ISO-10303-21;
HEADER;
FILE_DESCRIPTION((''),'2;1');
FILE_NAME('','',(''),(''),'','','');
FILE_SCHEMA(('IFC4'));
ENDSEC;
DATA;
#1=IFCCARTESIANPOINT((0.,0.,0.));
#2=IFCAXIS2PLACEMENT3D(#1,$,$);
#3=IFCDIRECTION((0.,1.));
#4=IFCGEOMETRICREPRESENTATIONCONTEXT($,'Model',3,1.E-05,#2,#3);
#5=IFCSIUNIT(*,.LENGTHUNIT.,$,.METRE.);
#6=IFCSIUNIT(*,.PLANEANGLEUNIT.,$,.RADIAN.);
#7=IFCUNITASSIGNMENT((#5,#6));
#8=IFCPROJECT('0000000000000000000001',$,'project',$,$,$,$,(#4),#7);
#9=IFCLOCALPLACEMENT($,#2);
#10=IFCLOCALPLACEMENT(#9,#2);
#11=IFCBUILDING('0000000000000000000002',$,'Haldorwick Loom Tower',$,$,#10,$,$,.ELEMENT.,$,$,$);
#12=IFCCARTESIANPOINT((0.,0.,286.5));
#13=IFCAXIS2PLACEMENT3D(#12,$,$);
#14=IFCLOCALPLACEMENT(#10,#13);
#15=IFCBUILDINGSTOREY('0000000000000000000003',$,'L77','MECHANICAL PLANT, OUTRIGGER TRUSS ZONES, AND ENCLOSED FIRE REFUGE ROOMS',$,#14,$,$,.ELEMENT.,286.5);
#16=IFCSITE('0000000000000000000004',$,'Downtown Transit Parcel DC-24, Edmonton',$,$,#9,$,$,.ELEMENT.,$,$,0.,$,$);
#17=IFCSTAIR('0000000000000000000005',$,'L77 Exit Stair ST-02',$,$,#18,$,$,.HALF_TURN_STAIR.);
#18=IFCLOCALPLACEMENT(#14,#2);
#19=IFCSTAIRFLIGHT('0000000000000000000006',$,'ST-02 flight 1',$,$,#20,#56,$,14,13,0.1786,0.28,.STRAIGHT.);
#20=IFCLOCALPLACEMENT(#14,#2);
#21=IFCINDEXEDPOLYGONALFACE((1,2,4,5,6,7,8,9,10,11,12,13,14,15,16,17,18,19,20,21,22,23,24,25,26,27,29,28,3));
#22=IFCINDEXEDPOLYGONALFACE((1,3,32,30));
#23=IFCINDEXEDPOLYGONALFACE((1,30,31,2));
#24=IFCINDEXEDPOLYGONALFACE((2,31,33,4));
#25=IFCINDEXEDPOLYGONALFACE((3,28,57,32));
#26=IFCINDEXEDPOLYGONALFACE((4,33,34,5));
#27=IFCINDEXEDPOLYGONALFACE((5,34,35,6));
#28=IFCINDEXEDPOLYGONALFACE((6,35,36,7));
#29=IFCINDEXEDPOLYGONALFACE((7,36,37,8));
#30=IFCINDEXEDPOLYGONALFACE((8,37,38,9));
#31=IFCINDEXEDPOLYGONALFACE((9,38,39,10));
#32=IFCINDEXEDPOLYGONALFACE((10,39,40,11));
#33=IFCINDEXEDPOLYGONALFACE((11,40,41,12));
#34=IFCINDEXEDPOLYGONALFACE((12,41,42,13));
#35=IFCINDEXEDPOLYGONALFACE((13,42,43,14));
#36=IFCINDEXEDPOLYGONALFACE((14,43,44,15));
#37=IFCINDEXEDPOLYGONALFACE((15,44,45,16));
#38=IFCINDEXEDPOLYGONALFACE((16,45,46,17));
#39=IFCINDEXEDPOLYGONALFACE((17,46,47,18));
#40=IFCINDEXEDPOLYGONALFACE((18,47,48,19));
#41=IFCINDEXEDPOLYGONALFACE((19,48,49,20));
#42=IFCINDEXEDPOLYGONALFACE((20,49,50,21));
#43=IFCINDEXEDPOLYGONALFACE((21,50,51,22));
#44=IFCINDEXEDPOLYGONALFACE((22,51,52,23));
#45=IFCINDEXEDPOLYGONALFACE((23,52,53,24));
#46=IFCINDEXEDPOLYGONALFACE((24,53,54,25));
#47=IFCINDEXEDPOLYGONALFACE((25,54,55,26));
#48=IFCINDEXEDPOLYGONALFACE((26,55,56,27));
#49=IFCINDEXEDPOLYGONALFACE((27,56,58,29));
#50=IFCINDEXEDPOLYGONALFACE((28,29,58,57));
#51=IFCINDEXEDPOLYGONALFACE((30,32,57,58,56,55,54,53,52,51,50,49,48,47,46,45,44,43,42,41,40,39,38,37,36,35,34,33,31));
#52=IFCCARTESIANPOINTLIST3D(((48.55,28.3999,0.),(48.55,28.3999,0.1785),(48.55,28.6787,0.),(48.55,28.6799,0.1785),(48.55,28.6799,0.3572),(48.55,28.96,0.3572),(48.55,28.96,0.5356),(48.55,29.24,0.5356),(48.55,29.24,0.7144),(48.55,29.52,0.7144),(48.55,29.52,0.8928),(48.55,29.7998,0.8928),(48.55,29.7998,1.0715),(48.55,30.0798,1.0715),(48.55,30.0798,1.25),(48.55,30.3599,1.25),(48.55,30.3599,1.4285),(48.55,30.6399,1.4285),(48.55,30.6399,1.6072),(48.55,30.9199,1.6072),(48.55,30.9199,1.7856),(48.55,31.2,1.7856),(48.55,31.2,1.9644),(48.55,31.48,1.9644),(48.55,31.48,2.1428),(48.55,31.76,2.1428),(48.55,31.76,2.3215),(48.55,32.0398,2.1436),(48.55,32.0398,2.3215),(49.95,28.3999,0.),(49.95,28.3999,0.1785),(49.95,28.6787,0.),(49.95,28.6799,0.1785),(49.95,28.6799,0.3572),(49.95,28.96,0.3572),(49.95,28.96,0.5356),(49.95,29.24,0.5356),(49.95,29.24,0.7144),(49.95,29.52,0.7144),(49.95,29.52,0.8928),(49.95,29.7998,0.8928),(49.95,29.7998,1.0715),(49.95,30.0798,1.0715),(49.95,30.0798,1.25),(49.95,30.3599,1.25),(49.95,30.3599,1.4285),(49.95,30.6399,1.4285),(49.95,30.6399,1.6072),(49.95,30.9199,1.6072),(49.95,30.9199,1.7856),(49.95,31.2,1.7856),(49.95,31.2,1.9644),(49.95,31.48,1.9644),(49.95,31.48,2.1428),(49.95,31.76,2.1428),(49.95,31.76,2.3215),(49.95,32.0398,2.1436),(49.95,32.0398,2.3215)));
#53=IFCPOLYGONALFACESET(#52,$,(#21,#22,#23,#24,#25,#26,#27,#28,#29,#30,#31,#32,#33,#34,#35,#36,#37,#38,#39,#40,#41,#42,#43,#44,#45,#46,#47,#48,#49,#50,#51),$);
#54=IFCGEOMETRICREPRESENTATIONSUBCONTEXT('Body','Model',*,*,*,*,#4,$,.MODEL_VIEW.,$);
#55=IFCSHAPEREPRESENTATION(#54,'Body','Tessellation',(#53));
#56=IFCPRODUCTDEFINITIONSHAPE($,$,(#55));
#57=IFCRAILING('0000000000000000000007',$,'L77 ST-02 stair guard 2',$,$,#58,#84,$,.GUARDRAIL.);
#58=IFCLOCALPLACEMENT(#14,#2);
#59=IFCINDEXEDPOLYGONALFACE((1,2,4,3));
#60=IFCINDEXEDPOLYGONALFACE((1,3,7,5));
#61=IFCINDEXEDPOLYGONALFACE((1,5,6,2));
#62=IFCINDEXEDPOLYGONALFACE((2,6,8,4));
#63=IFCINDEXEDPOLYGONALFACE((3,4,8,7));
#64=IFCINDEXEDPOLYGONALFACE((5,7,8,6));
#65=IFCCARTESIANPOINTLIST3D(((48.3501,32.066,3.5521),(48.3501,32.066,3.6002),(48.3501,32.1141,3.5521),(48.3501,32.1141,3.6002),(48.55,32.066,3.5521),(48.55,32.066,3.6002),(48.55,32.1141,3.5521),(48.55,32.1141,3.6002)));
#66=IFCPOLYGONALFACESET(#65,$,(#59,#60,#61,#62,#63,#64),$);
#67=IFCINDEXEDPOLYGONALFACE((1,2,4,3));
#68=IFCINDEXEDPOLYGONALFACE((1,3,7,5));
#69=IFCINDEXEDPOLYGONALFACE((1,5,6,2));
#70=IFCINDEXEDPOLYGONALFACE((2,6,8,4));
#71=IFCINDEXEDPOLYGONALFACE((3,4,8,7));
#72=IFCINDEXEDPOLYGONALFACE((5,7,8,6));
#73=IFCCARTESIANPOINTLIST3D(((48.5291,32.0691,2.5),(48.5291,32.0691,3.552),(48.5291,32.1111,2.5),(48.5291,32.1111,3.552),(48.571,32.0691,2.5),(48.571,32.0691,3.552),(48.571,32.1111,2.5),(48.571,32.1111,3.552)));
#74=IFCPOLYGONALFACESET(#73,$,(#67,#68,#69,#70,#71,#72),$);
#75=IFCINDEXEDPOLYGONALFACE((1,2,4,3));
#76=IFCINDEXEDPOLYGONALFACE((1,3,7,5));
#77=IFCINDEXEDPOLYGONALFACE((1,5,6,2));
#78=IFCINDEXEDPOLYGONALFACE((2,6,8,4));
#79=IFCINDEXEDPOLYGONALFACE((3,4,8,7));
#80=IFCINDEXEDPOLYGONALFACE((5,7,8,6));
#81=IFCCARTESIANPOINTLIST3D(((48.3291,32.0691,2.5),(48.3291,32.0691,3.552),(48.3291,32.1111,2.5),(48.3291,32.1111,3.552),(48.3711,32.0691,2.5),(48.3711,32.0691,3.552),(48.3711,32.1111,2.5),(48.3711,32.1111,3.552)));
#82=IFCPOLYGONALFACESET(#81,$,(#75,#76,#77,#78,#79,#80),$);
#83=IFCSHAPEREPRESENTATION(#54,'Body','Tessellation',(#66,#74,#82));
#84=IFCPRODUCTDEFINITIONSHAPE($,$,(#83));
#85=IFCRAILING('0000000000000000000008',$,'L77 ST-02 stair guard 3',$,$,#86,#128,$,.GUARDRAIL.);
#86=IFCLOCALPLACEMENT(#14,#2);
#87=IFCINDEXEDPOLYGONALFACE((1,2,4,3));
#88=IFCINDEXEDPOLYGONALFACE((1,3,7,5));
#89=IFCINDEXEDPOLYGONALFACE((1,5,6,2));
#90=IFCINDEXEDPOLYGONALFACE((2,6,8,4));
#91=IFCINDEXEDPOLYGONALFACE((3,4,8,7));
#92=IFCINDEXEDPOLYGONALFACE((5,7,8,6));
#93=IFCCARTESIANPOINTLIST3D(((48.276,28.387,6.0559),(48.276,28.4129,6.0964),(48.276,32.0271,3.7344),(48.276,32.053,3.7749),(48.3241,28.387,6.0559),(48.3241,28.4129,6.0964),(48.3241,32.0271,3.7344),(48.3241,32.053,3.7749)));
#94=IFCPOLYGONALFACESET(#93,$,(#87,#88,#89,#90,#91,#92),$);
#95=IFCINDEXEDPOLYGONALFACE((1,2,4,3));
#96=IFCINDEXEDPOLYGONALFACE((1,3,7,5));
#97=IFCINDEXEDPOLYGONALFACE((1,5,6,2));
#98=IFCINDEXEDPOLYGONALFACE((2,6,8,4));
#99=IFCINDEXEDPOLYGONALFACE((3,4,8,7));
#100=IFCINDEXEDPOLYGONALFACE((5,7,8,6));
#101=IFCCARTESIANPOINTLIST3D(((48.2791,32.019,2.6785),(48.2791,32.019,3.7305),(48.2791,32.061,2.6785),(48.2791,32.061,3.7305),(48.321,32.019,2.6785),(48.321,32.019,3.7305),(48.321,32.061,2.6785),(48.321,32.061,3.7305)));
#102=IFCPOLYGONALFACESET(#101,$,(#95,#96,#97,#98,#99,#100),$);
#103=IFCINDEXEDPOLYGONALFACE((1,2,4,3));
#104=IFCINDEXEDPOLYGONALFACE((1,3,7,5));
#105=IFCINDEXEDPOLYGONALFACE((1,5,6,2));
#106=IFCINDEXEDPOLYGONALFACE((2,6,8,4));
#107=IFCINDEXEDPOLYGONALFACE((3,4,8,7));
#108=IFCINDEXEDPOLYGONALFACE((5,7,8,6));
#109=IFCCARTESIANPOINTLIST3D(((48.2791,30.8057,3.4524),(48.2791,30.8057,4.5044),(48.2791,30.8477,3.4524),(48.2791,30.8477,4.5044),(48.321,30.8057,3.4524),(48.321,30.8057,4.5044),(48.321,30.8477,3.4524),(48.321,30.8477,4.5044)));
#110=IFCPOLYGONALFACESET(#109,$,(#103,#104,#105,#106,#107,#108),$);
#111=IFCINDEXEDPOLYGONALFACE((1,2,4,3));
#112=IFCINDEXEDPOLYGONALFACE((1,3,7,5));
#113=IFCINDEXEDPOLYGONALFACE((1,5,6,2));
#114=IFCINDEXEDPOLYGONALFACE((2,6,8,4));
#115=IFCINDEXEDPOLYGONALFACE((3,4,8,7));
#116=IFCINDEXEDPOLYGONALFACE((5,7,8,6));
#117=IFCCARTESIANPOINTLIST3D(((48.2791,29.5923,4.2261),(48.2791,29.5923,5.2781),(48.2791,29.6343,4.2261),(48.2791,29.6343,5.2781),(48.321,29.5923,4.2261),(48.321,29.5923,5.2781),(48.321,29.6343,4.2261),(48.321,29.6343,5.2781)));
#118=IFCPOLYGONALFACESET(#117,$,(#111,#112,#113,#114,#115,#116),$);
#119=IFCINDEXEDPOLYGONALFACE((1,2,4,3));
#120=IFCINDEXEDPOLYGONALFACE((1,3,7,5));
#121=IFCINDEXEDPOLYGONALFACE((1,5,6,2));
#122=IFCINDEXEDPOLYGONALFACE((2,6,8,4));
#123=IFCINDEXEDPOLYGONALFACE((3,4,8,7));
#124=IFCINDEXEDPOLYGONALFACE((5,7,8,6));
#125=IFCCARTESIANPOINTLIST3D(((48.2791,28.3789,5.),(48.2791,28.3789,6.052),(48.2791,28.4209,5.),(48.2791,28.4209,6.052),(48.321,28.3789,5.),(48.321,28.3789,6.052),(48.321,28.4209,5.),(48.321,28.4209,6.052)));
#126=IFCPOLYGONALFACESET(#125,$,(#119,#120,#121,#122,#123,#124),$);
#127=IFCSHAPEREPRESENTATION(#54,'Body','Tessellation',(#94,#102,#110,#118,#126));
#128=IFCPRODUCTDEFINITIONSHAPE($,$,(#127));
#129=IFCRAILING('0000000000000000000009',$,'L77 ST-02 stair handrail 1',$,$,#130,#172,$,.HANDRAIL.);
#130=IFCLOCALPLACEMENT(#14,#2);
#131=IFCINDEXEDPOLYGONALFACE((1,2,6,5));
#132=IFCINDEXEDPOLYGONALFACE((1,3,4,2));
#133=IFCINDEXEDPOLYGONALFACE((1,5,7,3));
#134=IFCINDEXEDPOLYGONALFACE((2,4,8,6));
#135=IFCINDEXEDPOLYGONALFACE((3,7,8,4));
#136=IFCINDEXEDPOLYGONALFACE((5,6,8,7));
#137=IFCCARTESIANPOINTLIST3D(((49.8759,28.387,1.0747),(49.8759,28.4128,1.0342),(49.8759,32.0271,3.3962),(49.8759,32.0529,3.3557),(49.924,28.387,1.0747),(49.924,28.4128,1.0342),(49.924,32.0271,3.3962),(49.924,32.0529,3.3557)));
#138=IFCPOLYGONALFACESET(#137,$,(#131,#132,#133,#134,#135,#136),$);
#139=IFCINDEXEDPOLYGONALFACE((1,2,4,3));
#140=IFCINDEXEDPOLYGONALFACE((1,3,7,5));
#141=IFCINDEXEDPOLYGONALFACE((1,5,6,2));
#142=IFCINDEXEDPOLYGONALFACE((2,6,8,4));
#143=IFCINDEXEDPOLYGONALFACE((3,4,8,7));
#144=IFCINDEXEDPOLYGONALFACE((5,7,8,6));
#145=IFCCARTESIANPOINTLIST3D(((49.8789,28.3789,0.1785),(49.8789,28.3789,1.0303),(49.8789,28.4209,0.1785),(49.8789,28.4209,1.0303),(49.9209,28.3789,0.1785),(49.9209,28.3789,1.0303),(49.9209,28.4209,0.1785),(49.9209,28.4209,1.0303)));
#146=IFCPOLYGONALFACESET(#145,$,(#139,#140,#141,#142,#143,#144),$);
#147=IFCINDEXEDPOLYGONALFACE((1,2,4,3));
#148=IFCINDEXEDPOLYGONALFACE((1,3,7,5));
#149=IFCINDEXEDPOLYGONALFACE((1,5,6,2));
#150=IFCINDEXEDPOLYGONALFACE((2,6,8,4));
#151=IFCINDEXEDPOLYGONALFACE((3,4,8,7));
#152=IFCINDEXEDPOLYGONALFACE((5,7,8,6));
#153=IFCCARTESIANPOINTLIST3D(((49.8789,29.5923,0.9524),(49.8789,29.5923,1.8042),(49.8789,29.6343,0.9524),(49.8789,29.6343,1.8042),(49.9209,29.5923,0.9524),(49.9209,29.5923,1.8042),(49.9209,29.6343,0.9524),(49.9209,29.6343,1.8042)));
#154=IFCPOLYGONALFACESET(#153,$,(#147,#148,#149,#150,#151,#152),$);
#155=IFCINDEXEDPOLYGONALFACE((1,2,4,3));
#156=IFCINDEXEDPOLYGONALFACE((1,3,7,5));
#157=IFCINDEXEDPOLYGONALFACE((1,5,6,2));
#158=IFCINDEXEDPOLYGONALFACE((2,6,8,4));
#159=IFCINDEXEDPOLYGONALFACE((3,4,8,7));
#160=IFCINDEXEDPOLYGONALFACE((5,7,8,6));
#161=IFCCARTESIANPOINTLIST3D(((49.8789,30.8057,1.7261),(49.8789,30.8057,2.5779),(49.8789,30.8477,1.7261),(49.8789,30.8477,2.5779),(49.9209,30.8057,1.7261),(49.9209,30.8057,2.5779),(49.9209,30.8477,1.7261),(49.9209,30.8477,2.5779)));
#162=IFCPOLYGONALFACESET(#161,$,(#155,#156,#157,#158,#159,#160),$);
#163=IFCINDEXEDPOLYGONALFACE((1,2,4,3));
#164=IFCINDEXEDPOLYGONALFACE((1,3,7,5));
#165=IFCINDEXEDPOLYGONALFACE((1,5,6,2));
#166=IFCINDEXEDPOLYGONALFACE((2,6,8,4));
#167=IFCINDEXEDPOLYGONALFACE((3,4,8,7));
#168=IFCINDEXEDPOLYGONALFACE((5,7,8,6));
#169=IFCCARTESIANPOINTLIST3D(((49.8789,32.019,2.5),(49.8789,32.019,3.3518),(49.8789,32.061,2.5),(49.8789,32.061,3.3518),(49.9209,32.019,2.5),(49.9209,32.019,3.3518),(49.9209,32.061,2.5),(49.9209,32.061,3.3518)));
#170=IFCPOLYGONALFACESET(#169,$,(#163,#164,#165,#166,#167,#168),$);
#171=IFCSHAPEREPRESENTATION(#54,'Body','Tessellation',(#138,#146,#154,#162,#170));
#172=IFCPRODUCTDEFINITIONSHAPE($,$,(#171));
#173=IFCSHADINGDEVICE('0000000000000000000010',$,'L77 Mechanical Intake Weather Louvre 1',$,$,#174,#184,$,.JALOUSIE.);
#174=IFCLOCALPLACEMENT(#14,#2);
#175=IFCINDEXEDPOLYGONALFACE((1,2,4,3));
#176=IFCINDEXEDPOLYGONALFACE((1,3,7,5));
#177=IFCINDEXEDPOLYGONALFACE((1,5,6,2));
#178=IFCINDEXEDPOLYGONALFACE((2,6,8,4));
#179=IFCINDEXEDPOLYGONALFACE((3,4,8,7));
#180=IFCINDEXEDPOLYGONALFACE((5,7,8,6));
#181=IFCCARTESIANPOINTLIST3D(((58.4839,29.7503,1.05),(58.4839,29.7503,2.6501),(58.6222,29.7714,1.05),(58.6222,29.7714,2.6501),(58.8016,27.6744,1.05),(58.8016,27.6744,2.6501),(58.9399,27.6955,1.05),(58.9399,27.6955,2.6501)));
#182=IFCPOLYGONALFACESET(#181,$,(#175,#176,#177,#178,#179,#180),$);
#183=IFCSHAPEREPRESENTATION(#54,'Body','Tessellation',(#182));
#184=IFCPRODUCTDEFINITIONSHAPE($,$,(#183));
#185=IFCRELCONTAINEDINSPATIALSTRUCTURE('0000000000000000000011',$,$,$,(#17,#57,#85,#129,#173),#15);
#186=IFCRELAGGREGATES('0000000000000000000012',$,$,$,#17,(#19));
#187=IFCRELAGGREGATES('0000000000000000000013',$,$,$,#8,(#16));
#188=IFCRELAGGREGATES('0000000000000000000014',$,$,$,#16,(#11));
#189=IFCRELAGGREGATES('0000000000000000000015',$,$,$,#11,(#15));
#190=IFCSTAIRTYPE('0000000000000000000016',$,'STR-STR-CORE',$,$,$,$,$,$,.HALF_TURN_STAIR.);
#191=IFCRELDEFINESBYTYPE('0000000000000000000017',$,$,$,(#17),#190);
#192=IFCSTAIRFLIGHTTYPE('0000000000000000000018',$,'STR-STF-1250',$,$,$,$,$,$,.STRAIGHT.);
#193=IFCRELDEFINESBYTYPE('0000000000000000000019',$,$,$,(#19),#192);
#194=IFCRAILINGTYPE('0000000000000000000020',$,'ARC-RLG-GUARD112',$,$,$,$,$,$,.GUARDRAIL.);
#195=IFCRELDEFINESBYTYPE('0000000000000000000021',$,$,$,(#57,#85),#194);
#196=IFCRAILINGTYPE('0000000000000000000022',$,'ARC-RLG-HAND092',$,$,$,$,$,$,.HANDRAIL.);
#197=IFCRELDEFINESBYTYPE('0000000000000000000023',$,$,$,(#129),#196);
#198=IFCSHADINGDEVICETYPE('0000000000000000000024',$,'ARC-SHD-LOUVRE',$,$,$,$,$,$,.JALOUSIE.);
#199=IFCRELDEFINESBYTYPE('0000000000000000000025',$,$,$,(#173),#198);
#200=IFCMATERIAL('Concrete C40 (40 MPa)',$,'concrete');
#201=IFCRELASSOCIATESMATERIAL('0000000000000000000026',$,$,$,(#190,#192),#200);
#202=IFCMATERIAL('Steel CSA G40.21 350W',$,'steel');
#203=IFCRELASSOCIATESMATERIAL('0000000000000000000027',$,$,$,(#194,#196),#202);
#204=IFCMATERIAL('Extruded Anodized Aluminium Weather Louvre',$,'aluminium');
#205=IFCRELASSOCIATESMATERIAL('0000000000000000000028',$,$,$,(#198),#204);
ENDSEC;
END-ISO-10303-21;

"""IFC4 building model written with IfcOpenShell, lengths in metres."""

from ifc_helpers import new_model, si_unit, direction, frame, origin, origin_2d, place, context, subcontext, project, spatial, polyline, rectangle, outline, extrude, material, type_object, element, aggregate, save


model = new_model("IFC4")

# Units and contexts
model_context = context("Model", 3, precision=1e-05, world=origin(), true_north=direction((0.0, 1.0)))
body_context = subcontext(model_context, "Body", "Model", "MODEL_VIEW")
ifc_project = project(units=[si_unit("LENGTHUNIT", "METRE"), si_unit("PLANEANGLEUNIT", "RADIAN")], contexts=[model_context])

# Site, building, storey
site_placement = place(None, origin())
site = spatial("IfcSite", under=ifc_project, at=site_placement, Name="Downtown Transit Parcel DC-24, Edmonton", CompositionType="ELEMENT", RefElevation=0.0)
building_placement = place(site_placement, origin())
building = spatial("IfcBuilding", under=site, at=building_placement, Name="Haldorwick Loom Tower", CompositionType="ELEMENT")
storey_placement = place(building_placement, frame((0.0, 0.0, 286.5)))
storey = spatial("IfcBuildingStorey", under=building, at=storey_placement, Name="L77", Description="MECHANICAL PLANT, OUTRIGGER TRUSS ZONES, AND ENCLOSED FIRE REFUGE ROOMS", CompositionType="ELEMENT", Elevation=286.5)

# Shared definitions
ifc_material_1 = material(Name="Steel CSA G40.21 350W", Category="steel")

# Stair, stair flight
ifc_material_2 = material(Name="Concrete C40 (40 MPa)", Category="concrete")
stair_type = type_object("IfcStairType", Name="STR-STR-CORE", PredefinedType="HALF_TURN_STAIR", material=ifc_material_2)
stair_placement = place(storey_placement, origin())
stair = element("IfcStair", 1, at=stair_placement, inside=storey, type_object=stair_type, Name="L77 Exit Stair ST-02", PredefinedType="HALF_TURN_STAIR")
stair_flight_type = type_object("IfcStairFlightType", Name="STR-STF-1250", PredefinedType="STRAIGHT", material=ifc_material_2)
stair_flight_placement = place(storey_placement, frame((49.25, 28.3999, 0.0), z_axis=(0.0, 0.0, 1.0), x_axis=(0.0, 1.0, 0.0)))
stair_flight = element("IfcStairFlight", 2, at=stair_flight_placement, type_object=stair_flight_type, Name="ST-02 flight 1", NumberOfRisers=14, NumberOfTreads=13, PredefinedType="STRAIGHT", RiserHeight=0.1786, TreadLength=0.28, context=body_context, shape_type="SweptSolid", body=[
    extrude(outline(polyline([(0.0, 0.0), (0.0, 0.1785), (0.28, 0.1785), (0.28, 0.3572), (0.5601, 0.3572), (0.5601, 0.5356), (0.8401, 0.5356), (0.8401, 0.7144), (1.1201, 0.7144), (1.1201, 0.8928), (1.3999, 0.8928), (1.3999, 1.0715), (1.6799, 1.0715), (1.6799, 1.25), (1.96, 1.25), (1.96, 1.4285), (2.24, 1.4285), (2.24, 1.6072), (2.52, 1.6072), (2.52, 1.7856), (2.8, 1.7856), (2.8, 1.9644), (3.0801, 1.9644), (3.0801, 2.1428), (3.3601, 2.1428), (3.3601, 2.3215), (3.6399, 2.3215), (3.6399, 2.5), (3.6399, 2.1436), (0.2788, 0.0), (0.0, 0.0)])), frame((0.0, 0.7, 0.0), z_axis=(0.0, -1.0, 0.0), x_axis=(1.0, 0.0, 0.0)), (0.0, 0.0, 1.0), 1.3999),
])
aggregate(stair, [stair_flight])

# Railings
railing_type_1 = type_object("IfcRailingType", Name="ARC-RLG-GUARD112", PredefinedType="GUARDRAIL", material=ifc_material_1)
railing_1_placement = place(storey_placement, frame((48.55, 32.0901, 2.5)))
element("IfcRailing", 3, at=railing_1_placement, inside=storey, type_object=railing_type_1, Name="L77 ST-02 stair guard 2", PredefinedType="GUARDRAIL", context=body_context, shape_type="SweptSolid", body=[
    extrude(rectangle(XDim=0.0481, YDim=0.0481, at=origin_2d()), frame((0.0, 0.0, 1.0762), z_axis=(-1.0, 0.0, 0.0), x_axis=(0.0, -1.0, 0.0)), (0.0, 0.0, 1.0), 0.2),
    extrude(rectangle(XDim=0.042, YDim=0.042, at=origin_2d()), origin(), (0.0, 0.0, 1.0), 1.052),
    extrude(rectangle(XDim=0.042, YDim=0.042, at=origin_2d()), frame((-0.2, 0.0, 0.0)), (0.0, 0.0, 1.0), 1.052),
])
railing_2_placement = place(storey_placement, frame((48.3, 32.04, 2.6785)))
element("IfcRailing", 4, at=railing_2_placement, inside=storey, type_object=railing_type_1, Name="L77 ST-02 stair guard 3", PredefinedType="GUARDRAIL", context=body_context, shape_type="SweptSolid", body=[
    extrude(rectangle(XDim=0.0481, YDim=0.0481, at=origin_2d()), frame((0.0, 0.0, 1.0762), z_axis=(0.0, -0.843128, 0.537713), x_axis=(1.0, 0.0, 0.0)), (0.0, 0.0, 1.0), 4.3174),
    extrude(rectangle(XDim=0.042, YDim=0.042, at=origin_2d()), origin(), (0.0, 0.0, 1.0), 1.052),
    extrude(rectangle(XDim=0.042, YDim=0.042, at=origin_2d()), frame((0.0, -1.2134, 0.7739)), (0.0, 0.0, 1.0), 1.052),
    extrude(rectangle(XDim=0.042, YDim=0.042, at=origin_2d()), frame((0.0, -2.4268, 1.5476)), (0.0, 0.0, 1.0), 1.052),
    extrude(rectangle(XDim=0.042, YDim=0.042, at=origin_2d()), frame((0.0, -3.6401, 2.3215)), (0.0, 0.0, 1.0), 1.052),
])
railing_type_2 = type_object("IfcRailingType", Name="ARC-RLG-HAND092", PredefinedType="HANDRAIL", material=ifc_material_1)
railing_3_placement = place(storey_placement, frame((49.8999, 28.3999, 0.1785)))
element("IfcRailing", 5, at=railing_3_placement, inside=storey, type_object=railing_type_2, Name="L77 ST-02 stair handrail 1", PredefinedType="HANDRAIL", context=body_context, shape_type="SweptSolid", body=[
    extrude(rectangle(XDim=0.0481, YDim=0.0481, at=origin_2d()), frame((0.0, 0.0, 0.876), z_axis=(0.0, 0.843128, 0.537713), x_axis=(-1.0, 0.0, 0.0)), (0.0, 0.0, 1.0), 4.3174),
    extrude(rectangle(XDim=0.042, YDim=0.042, at=origin_2d()), origin(), (0.0, 0.0, 1.0), 0.8518),
    extrude(rectangle(XDim=0.042, YDim=0.042, at=origin_2d()), frame((0.0, 1.2134, 0.7739)), (0.0, 0.0, 1.0), 0.8518),
    extrude(rectangle(XDim=0.042, YDim=0.042, at=origin_2d()), frame((0.0, 2.4268, 1.5476)), (0.0, 0.0, 1.0), 0.8518),
    extrude(rectangle(XDim=0.042, YDim=0.042, at=origin_2d()), frame((0.0, 3.6401, 2.3215)), (0.0, 0.0, 1.0), 0.8518),
])

# Shading device
ifc_material_3 = material(Name="Extruded Anodized Aluminium Weather Louvre", Category="aluminium")
shading_device_type = type_object("IfcShadingDeviceType", Name="ARC-SHD-LOUVRE", PredefinedType="JALOUSIE", material=ifc_material_3)
shading_device_placement = place(storey_placement, frame((58.7119, 28.7229, 1.05), z_axis=(0.0, 0.0, 1.0), x_axis=(-0.151261, 0.988494, 0.0)))
element("IfcShadingDevice", 6, at=shading_device_placement, inside=storey, type_object=shading_device_type, Name="L77 Mechanical Intake Weather Louvre 1", PredefinedType="JALOUSIE", context=body_context, shape_type="SweptSolid", body=[
    extrude(rectangle(XDim=2.1001, YDim=0.1399, at=origin_2d()), origin(), (0.0, 0.0, 1.0), 1.6001),
])

save(model, "model.ifc")
